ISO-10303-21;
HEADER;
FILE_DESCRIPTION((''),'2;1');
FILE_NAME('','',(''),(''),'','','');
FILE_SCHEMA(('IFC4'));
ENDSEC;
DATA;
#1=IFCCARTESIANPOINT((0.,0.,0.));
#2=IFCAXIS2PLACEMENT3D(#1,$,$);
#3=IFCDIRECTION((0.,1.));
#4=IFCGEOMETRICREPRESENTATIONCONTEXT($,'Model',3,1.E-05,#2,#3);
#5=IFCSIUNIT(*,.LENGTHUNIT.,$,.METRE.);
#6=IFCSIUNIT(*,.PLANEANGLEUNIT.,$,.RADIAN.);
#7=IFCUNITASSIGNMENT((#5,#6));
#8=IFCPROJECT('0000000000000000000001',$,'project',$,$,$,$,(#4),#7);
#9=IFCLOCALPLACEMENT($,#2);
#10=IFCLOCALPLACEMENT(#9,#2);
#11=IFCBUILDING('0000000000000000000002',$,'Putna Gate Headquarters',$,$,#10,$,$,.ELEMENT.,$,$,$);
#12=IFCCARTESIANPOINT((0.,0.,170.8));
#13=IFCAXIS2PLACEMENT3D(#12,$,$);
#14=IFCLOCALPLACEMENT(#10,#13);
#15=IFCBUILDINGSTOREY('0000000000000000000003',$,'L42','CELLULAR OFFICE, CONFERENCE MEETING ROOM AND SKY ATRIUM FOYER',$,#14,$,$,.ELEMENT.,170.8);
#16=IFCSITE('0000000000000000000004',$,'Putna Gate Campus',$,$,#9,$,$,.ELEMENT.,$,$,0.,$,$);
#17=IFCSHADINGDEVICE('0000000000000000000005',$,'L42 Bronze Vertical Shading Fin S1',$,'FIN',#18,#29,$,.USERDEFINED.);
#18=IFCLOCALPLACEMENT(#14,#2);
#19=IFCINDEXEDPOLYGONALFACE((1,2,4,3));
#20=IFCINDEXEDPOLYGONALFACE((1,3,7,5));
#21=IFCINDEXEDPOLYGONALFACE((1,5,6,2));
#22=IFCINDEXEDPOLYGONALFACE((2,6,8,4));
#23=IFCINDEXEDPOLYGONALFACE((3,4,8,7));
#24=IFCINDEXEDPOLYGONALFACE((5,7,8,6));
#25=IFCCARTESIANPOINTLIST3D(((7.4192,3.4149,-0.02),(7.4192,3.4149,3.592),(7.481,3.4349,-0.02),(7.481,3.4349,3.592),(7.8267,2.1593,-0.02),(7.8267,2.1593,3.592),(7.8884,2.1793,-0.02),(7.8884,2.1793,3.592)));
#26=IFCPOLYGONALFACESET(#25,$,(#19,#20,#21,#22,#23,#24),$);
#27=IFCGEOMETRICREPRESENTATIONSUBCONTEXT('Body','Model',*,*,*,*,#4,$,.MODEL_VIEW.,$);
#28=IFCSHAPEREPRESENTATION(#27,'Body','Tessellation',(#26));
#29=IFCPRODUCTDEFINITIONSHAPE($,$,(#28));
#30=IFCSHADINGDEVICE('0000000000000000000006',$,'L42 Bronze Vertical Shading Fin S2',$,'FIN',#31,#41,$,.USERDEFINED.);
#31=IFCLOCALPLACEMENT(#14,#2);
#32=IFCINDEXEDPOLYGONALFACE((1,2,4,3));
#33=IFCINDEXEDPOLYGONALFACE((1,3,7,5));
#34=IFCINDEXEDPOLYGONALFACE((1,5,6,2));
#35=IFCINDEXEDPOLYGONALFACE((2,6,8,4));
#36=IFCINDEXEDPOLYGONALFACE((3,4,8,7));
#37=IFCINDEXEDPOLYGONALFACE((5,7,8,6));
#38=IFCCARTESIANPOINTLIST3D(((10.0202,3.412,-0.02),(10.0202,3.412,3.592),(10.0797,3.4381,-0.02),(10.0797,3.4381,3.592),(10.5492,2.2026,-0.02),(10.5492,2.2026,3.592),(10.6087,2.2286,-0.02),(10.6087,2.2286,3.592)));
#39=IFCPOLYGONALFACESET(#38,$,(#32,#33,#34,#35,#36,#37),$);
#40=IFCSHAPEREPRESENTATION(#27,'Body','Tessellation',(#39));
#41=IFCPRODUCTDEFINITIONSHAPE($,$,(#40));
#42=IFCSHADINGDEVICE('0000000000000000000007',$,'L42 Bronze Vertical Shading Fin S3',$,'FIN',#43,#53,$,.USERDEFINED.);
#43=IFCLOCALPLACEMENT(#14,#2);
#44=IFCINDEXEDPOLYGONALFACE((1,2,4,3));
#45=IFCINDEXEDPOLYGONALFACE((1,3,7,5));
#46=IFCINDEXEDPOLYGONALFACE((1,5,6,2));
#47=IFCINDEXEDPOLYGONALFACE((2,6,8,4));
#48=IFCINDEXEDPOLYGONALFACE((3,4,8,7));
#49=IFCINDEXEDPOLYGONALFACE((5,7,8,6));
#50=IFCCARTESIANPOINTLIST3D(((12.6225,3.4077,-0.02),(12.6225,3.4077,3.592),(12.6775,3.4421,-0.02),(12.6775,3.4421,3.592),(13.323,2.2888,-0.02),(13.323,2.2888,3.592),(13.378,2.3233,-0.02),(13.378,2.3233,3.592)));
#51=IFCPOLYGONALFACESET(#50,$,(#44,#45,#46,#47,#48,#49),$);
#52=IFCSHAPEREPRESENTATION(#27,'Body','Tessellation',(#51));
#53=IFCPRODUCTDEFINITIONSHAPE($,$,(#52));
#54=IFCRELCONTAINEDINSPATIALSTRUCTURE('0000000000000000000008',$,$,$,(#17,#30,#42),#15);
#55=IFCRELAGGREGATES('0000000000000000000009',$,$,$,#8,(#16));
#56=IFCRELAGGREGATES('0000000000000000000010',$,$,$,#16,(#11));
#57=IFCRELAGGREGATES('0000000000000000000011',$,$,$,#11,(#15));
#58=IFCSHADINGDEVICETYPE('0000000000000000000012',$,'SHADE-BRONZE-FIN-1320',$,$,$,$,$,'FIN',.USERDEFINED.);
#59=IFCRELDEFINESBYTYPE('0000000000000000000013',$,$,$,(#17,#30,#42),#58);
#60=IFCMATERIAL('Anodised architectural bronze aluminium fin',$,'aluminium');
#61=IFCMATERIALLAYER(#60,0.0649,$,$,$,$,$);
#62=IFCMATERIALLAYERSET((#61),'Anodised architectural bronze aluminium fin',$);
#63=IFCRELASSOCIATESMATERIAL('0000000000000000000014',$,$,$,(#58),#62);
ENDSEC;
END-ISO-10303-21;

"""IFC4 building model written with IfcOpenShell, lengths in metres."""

from ifc_helpers import new_model, si_unit, direction, frame, origin, origin_2d, place, context, subcontext, project, spatial, rectangle, extrude, material, layer, layer_set, type_object, element, save


model = new_model("IFC4")

# Units and contexts
model_context = context("Model", 3, precision=1e-05, world=origin(), true_north=direction((0.0, 1.0)))
body_context = subcontext(model_context, "Body", "Model", "MODEL_VIEW")
ifc_project = project(units=[si_unit("LENGTHUNIT", "METRE"), si_unit("PLANEANGLEUNIT", "RADIAN")], contexts=[model_context])

# Site, building, storey
site_placement = place(None, origin())
site = spatial("IfcSite", under=ifc_project, at=site_placement, Name="Putna Gate Campus", CompositionType="ELEMENT", RefElevation=0.0)
building_placement = place(site_placement, origin())
building = spatial("IfcBuilding", under=site, at=building_placement, Name="Putna Gate Headquarters", CompositionType="ELEMENT")
storey_placement = place(building_placement, frame((0.0, 0.0, 170.8)))
storey = spatial("IfcBuildingStorey", under=building, at=storey_placement, Name="L42", Description="CELLULAR OFFICE, CONFERENCE MEETING ROOM AND SKY ATRIUM FOYER", CompositionType="ELEMENT", Elevation=170.8)

# Shading devices
ifc_material_1 = material(Name="Anodised architectural bronze aluminium fin", Category="aluminium")
ifc_layer_1 = layer(ifc_material_1, 0.0649)
ifc_layer_set_1 = layer_set([ifc_layer_1], Name="Anodised architectural bronze aluminium fin")
shading_device_type = type_object("IfcShadingDeviceType", Name="SHADE-BRONZE-FIN-1320", ElementType="FIN", PredefinedType="USERDEFINED", material=ifc_layer_set_1)
for number, where, z_axis, x_axis, name in (
    (1, (7.6538, 2.7971, -0.02), (0.0, 0.0, 1.0), (0.308685, -0.951164, 0.0), "L42 Bronze Vertical Shading Fin S1"),
    (2, (10.3145, 2.8203, -0.02), (0.0, 0.0, 1.0), (0.400669, -0.916223, 0.0), "L42 Bronze Vertical Shading Fin S2"),
    (3, (13.0002, 2.8655, -0.02), (0.0, 0.0, 1.0), (0.530659, -0.847585, 0.0), "L42 Bronze Vertical Shading Fin S3"),
):
    element("IfcShadingDevice", number, at=place(storey_placement, frame(where, z_axis=z_axis, x_axis=x_axis)), inside=storey, type_object=shading_device_type, Name=name, ObjectType="FIN", PredefinedType="USERDEFINED", context=body_context, shape_type="SweptSolid", body=[
        extrude(rectangle(XDim=1.3201, YDim=0.0649, at=origin_2d()), origin(), (0.0, 0.0, 1.0), 3.6121),
    ])

save(model, "model.ifc")
